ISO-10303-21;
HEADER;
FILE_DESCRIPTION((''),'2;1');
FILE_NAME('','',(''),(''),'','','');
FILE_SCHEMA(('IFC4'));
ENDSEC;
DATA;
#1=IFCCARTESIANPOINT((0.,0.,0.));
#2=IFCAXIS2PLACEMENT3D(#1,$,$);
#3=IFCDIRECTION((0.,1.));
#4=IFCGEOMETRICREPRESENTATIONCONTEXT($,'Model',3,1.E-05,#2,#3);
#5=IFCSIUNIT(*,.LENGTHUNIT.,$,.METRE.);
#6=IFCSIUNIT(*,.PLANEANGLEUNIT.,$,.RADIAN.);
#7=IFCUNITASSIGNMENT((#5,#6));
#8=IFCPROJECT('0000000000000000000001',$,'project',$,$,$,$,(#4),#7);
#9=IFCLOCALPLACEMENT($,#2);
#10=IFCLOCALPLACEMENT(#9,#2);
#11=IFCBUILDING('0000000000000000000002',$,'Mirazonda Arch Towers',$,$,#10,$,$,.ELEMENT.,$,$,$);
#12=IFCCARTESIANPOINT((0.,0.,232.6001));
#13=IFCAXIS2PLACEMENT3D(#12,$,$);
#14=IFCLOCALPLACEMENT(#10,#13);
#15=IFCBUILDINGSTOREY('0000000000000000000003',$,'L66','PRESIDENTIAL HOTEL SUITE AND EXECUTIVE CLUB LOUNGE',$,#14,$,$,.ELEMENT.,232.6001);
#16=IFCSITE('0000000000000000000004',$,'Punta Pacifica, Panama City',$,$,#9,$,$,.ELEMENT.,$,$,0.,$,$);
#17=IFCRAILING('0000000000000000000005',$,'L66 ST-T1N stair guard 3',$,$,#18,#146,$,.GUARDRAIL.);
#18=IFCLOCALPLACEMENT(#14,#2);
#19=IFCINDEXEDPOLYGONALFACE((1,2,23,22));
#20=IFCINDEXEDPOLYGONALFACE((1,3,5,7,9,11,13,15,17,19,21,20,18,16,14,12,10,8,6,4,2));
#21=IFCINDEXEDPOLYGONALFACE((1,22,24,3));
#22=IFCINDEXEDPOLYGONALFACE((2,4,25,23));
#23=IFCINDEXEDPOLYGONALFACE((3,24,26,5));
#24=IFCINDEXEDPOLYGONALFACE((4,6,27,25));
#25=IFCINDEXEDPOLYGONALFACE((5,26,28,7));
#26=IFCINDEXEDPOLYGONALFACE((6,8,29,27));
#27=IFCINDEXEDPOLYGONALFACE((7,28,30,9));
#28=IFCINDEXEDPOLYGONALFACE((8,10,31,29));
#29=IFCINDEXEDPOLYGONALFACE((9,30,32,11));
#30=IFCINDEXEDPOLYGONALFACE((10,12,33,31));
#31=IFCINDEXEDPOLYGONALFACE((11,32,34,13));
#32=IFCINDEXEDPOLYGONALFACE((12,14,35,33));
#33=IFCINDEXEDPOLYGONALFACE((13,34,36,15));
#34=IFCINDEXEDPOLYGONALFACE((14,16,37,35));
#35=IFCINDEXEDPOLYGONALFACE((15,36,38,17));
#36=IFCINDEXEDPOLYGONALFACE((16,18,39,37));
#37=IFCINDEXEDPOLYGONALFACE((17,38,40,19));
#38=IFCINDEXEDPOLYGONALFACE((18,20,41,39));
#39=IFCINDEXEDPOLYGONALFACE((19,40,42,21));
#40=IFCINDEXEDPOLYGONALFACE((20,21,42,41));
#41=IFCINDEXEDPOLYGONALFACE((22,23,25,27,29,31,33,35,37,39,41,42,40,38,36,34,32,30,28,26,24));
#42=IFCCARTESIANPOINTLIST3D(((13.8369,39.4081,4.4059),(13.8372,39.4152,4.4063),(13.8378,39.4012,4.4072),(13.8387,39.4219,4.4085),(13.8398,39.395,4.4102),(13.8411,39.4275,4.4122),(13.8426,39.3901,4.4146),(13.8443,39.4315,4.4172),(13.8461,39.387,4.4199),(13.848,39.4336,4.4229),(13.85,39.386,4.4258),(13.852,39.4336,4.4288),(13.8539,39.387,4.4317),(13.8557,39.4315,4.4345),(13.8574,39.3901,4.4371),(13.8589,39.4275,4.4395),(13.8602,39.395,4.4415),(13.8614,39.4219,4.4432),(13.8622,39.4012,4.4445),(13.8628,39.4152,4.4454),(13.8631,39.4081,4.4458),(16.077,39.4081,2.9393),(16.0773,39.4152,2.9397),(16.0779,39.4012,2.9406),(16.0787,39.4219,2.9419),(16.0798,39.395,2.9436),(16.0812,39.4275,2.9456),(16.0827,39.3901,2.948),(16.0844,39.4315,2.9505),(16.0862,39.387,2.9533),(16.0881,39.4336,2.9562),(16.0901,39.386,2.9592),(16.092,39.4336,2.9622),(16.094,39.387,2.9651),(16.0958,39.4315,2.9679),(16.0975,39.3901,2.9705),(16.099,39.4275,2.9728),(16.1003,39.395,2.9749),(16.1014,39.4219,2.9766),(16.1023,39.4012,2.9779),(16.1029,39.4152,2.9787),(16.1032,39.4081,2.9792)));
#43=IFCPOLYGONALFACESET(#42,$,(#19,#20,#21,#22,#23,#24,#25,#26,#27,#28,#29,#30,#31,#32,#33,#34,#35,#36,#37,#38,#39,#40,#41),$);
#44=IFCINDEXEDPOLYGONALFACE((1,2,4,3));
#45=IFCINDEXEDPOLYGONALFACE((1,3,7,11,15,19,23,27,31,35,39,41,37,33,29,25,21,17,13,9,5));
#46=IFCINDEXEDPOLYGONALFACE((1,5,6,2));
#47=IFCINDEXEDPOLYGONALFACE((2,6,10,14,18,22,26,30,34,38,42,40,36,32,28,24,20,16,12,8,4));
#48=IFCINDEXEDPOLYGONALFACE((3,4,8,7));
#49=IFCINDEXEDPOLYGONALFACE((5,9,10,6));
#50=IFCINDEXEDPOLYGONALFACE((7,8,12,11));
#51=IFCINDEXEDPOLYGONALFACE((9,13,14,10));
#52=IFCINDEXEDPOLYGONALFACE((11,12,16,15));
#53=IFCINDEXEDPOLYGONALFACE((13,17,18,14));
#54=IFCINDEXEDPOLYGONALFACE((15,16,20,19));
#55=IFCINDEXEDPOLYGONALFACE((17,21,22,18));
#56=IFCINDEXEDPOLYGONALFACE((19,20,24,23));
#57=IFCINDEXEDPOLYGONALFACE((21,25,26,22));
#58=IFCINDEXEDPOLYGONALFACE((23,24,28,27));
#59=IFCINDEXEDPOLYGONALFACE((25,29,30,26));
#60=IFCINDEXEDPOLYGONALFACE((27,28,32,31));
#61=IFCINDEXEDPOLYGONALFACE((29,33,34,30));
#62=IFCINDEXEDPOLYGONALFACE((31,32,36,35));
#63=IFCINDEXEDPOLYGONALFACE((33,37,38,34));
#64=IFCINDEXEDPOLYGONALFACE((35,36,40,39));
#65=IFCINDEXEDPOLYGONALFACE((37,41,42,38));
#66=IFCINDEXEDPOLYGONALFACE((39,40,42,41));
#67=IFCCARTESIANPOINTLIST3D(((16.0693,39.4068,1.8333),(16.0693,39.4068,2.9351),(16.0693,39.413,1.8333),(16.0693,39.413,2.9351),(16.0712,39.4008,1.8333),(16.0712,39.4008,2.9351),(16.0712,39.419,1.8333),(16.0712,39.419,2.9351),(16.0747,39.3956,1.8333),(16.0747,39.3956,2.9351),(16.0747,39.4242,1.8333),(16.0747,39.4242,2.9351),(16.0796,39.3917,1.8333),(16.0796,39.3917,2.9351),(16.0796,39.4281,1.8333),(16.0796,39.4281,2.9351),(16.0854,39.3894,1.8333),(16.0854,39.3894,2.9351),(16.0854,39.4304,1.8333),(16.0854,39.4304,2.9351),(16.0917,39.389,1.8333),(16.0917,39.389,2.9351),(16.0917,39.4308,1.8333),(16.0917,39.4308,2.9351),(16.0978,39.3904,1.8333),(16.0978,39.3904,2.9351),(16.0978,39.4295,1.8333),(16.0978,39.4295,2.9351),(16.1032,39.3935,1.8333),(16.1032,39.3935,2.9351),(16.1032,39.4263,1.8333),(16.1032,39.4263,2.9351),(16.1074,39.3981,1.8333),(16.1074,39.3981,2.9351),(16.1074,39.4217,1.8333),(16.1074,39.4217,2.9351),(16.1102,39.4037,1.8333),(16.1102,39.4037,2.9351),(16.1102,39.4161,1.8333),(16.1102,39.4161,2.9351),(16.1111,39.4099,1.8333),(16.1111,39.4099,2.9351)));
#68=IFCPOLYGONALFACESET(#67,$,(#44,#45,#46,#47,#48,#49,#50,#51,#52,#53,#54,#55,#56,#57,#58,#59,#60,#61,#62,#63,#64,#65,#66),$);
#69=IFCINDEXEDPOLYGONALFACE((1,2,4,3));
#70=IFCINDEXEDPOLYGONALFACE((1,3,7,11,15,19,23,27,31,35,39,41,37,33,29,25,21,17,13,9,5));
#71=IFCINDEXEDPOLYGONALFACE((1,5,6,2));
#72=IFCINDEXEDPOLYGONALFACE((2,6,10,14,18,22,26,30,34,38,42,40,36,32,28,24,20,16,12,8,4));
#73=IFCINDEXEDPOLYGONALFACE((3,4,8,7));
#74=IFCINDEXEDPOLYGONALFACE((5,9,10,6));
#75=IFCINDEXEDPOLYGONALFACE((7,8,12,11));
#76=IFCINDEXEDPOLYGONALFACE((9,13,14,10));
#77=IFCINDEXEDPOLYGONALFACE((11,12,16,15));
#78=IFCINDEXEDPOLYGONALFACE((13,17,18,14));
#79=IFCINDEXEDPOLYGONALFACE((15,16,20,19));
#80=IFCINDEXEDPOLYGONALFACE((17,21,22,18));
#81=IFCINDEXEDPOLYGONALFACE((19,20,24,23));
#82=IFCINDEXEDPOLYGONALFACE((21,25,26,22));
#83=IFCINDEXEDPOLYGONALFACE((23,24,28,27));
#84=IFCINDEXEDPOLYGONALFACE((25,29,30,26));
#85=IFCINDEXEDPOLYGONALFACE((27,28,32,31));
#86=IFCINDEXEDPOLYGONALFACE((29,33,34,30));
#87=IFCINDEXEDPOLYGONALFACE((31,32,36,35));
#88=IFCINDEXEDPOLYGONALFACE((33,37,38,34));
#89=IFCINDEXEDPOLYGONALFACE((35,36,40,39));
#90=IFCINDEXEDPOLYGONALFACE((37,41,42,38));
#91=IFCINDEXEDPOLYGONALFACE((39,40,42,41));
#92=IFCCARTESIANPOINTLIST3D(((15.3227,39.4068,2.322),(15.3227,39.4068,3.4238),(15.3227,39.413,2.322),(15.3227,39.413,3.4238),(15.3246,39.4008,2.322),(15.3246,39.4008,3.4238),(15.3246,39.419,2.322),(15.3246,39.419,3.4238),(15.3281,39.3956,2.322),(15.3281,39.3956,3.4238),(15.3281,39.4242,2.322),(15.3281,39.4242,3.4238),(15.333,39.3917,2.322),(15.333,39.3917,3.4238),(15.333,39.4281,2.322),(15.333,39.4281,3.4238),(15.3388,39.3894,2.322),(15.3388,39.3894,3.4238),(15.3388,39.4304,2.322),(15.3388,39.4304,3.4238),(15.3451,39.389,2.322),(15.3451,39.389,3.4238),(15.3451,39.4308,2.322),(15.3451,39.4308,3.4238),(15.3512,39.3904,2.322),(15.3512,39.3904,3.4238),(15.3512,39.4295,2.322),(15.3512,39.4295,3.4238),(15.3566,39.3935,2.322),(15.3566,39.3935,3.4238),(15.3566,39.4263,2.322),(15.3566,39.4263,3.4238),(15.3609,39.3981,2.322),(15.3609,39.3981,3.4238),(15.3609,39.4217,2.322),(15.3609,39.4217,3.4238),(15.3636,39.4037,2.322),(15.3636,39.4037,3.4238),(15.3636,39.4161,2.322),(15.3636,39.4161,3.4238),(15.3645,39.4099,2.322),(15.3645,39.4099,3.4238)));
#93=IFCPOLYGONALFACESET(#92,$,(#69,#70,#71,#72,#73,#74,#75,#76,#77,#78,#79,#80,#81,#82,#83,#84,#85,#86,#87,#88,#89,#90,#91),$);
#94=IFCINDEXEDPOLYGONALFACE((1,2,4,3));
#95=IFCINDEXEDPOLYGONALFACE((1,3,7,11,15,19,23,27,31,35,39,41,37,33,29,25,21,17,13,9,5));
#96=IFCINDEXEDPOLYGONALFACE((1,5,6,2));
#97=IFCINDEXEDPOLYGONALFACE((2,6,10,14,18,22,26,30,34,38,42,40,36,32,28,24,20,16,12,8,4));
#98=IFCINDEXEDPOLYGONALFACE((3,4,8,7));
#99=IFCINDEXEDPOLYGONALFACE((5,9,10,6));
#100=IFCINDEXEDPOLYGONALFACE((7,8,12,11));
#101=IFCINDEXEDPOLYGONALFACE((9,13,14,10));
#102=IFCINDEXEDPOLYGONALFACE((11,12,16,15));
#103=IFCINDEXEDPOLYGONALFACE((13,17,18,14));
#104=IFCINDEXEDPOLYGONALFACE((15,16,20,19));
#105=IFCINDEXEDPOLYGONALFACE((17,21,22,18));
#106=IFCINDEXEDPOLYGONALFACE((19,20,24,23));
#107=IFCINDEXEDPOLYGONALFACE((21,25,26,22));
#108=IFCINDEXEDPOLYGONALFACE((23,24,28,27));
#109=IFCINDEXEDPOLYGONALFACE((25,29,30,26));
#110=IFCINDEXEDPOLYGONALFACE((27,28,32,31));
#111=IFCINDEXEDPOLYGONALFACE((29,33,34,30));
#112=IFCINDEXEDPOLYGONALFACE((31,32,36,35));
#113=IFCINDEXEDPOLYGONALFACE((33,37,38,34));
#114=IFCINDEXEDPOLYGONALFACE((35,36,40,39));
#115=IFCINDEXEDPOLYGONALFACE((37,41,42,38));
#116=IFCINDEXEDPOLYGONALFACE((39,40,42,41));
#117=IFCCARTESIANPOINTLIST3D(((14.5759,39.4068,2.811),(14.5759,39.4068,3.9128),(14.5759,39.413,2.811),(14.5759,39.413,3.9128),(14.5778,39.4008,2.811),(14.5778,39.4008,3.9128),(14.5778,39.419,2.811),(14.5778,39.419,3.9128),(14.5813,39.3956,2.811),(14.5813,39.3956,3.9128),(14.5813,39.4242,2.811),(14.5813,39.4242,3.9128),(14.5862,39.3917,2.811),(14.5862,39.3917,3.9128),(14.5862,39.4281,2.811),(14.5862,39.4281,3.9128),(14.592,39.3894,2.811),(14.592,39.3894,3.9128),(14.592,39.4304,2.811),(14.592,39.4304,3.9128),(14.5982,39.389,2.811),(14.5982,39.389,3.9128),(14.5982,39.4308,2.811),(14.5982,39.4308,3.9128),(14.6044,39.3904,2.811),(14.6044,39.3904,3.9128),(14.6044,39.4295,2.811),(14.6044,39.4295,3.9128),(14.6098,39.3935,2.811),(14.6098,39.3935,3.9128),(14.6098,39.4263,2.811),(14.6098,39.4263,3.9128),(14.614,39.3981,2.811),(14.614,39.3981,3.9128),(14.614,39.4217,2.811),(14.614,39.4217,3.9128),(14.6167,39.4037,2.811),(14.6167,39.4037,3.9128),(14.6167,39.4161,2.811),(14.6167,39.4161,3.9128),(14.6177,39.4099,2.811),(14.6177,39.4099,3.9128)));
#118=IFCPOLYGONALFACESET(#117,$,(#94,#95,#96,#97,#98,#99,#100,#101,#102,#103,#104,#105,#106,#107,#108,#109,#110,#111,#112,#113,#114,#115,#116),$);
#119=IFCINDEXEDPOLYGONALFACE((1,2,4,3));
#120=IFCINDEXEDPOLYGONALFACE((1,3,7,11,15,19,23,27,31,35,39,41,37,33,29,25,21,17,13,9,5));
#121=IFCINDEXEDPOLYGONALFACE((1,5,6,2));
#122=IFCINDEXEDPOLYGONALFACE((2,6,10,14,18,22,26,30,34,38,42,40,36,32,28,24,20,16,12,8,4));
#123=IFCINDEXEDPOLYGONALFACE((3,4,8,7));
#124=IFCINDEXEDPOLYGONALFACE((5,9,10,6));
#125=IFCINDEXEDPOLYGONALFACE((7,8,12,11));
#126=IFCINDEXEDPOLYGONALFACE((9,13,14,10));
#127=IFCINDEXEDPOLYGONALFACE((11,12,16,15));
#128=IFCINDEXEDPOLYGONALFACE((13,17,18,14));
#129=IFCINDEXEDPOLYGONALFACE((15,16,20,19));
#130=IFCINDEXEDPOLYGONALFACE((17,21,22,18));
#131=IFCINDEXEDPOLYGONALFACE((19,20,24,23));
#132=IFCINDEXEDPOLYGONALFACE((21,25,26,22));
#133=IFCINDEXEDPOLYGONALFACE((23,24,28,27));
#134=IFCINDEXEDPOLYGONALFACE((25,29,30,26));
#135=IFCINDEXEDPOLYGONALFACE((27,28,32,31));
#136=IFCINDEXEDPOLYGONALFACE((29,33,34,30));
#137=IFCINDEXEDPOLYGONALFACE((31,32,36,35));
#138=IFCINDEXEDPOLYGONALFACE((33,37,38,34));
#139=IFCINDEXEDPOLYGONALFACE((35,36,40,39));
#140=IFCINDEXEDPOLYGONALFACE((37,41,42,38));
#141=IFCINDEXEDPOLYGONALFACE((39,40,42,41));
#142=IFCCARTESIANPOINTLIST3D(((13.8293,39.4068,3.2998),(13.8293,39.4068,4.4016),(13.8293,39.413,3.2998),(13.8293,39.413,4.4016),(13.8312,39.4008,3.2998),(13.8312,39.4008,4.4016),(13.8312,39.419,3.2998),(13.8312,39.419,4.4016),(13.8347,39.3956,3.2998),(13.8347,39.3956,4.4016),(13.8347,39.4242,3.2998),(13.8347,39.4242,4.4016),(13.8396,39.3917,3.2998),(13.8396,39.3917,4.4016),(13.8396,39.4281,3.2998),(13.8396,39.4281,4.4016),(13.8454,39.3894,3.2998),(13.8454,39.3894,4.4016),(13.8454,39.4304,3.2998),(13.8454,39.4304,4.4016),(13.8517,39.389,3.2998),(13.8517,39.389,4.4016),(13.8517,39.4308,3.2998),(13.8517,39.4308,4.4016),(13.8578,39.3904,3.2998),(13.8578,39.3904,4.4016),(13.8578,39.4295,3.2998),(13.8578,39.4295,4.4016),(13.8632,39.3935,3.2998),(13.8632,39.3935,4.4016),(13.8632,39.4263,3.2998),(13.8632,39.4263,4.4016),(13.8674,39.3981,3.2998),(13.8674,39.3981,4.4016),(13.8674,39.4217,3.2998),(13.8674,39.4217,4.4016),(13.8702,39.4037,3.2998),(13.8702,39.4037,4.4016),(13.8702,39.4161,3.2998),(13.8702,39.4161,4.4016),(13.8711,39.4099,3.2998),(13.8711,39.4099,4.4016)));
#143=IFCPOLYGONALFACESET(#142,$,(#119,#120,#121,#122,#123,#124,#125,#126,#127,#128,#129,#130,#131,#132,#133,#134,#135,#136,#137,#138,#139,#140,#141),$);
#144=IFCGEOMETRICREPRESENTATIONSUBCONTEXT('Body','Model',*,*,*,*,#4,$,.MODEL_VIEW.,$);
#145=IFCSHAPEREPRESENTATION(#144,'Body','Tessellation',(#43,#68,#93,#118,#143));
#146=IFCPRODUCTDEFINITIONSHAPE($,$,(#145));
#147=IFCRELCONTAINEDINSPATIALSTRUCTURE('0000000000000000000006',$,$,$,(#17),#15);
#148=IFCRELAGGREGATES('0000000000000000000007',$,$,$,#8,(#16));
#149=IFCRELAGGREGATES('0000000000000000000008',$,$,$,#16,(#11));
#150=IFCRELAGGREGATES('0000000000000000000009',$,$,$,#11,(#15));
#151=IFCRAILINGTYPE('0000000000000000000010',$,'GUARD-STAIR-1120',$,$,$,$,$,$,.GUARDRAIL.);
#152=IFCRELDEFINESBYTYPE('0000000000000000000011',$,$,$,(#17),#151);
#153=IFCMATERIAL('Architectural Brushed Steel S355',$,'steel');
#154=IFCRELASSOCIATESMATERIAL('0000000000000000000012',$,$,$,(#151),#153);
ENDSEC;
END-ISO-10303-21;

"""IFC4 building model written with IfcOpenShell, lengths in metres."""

from ifc_helpers import new_model, si_unit, direction, frame, origin, origin_2d, place, context, subcontext, project, spatial, circle, extrude, material, type_object, element, save


model = new_model("IFC4")

# Units and contexts
model_context = context("Model", 3, precision=1e-05, world=origin(), true_north=direction((0.0, 1.0)))
body_context = subcontext(model_context, "Body", "Model", "MODEL_VIEW")
ifc_project = project(units=[si_unit("LENGTHUNIT", "METRE"), si_unit("PLANEANGLEUNIT", "RADIAN")], contexts=[model_context])

# Site, building, storey
site_placement = place(None, origin())
site = spatial("IfcSite", under=ifc_project, at=site_placement, Name="Punta Pacifica, Panama City", CompositionType="ELEMENT", RefElevation=0.0)
building_placement = place(site_placement, origin())
building = spatial("IfcBuilding", under=site, at=building_placement, Name="Mirazonda Arch Towers", CompositionType="ELEMENT")
storey_placement = place(building_placement, frame((0.0, 0.0, 232.6001)))
storey = spatial("IfcBuildingStorey", under=building, at=storey_placement, Name="L66", Description="PRESIDENTIAL HOTEL SUITE AND EXECUTIVE CLUB LOUNGE", CompositionType="ELEMENT", Elevation=232.6001)

# Shared definitions
ifc_material_1 = material(Name="Architectural Brushed Steel S355", Category="steel")

# Railing
railing_type_1 = type_object("IfcRailingType", Name="GUARD-STAIR-1120", PredefinedType="GUARDRAIL", material=ifc_material_1)
railing_1_placement = place(storey_placement, frame((16.0901, 39.4099, 1.8333)))
element("IfcRailing", 1, at=railing_1_placement, inside=storey, type_object=railing_type_1, Name="L66 ST-T1N stair guard 3", PredefinedType="GUARDRAIL", context=body_context, shape_type="SweptSolid", body=[
    extrude(circle(Radius=0.0239, at=origin_2d()), frame((0.0, 0.0, 1.126), z_axis=(-0.836637, 0.0, 0.547758), x_axis=(0.0, -1.0, 0.0)), (0.0, 0.0, 1.0), 2.6775),
    extrude(circle(Radius=0.021, at=origin_2d()), origin(), (0.0, 0.0, 1.0), 1.1018),
    extrude(circle(Radius=0.021, at=origin_2d()), frame((-0.7466, 0.0, 0.4888)), (0.0, 0.0, 1.0), 1.1018),
    extrude(circle(Radius=0.021, at=origin_2d()), frame((-1.4934, 0.0, 0.9778)), (0.0, 0.0, 1.0), 1.1018),
    extrude(circle(Radius=0.021, at=origin_2d()), frame((-2.24, 0.0, 1.4666)), (0.0, 0.0, 1.0), 1.1018),
])

save(model, "model.ifc")
